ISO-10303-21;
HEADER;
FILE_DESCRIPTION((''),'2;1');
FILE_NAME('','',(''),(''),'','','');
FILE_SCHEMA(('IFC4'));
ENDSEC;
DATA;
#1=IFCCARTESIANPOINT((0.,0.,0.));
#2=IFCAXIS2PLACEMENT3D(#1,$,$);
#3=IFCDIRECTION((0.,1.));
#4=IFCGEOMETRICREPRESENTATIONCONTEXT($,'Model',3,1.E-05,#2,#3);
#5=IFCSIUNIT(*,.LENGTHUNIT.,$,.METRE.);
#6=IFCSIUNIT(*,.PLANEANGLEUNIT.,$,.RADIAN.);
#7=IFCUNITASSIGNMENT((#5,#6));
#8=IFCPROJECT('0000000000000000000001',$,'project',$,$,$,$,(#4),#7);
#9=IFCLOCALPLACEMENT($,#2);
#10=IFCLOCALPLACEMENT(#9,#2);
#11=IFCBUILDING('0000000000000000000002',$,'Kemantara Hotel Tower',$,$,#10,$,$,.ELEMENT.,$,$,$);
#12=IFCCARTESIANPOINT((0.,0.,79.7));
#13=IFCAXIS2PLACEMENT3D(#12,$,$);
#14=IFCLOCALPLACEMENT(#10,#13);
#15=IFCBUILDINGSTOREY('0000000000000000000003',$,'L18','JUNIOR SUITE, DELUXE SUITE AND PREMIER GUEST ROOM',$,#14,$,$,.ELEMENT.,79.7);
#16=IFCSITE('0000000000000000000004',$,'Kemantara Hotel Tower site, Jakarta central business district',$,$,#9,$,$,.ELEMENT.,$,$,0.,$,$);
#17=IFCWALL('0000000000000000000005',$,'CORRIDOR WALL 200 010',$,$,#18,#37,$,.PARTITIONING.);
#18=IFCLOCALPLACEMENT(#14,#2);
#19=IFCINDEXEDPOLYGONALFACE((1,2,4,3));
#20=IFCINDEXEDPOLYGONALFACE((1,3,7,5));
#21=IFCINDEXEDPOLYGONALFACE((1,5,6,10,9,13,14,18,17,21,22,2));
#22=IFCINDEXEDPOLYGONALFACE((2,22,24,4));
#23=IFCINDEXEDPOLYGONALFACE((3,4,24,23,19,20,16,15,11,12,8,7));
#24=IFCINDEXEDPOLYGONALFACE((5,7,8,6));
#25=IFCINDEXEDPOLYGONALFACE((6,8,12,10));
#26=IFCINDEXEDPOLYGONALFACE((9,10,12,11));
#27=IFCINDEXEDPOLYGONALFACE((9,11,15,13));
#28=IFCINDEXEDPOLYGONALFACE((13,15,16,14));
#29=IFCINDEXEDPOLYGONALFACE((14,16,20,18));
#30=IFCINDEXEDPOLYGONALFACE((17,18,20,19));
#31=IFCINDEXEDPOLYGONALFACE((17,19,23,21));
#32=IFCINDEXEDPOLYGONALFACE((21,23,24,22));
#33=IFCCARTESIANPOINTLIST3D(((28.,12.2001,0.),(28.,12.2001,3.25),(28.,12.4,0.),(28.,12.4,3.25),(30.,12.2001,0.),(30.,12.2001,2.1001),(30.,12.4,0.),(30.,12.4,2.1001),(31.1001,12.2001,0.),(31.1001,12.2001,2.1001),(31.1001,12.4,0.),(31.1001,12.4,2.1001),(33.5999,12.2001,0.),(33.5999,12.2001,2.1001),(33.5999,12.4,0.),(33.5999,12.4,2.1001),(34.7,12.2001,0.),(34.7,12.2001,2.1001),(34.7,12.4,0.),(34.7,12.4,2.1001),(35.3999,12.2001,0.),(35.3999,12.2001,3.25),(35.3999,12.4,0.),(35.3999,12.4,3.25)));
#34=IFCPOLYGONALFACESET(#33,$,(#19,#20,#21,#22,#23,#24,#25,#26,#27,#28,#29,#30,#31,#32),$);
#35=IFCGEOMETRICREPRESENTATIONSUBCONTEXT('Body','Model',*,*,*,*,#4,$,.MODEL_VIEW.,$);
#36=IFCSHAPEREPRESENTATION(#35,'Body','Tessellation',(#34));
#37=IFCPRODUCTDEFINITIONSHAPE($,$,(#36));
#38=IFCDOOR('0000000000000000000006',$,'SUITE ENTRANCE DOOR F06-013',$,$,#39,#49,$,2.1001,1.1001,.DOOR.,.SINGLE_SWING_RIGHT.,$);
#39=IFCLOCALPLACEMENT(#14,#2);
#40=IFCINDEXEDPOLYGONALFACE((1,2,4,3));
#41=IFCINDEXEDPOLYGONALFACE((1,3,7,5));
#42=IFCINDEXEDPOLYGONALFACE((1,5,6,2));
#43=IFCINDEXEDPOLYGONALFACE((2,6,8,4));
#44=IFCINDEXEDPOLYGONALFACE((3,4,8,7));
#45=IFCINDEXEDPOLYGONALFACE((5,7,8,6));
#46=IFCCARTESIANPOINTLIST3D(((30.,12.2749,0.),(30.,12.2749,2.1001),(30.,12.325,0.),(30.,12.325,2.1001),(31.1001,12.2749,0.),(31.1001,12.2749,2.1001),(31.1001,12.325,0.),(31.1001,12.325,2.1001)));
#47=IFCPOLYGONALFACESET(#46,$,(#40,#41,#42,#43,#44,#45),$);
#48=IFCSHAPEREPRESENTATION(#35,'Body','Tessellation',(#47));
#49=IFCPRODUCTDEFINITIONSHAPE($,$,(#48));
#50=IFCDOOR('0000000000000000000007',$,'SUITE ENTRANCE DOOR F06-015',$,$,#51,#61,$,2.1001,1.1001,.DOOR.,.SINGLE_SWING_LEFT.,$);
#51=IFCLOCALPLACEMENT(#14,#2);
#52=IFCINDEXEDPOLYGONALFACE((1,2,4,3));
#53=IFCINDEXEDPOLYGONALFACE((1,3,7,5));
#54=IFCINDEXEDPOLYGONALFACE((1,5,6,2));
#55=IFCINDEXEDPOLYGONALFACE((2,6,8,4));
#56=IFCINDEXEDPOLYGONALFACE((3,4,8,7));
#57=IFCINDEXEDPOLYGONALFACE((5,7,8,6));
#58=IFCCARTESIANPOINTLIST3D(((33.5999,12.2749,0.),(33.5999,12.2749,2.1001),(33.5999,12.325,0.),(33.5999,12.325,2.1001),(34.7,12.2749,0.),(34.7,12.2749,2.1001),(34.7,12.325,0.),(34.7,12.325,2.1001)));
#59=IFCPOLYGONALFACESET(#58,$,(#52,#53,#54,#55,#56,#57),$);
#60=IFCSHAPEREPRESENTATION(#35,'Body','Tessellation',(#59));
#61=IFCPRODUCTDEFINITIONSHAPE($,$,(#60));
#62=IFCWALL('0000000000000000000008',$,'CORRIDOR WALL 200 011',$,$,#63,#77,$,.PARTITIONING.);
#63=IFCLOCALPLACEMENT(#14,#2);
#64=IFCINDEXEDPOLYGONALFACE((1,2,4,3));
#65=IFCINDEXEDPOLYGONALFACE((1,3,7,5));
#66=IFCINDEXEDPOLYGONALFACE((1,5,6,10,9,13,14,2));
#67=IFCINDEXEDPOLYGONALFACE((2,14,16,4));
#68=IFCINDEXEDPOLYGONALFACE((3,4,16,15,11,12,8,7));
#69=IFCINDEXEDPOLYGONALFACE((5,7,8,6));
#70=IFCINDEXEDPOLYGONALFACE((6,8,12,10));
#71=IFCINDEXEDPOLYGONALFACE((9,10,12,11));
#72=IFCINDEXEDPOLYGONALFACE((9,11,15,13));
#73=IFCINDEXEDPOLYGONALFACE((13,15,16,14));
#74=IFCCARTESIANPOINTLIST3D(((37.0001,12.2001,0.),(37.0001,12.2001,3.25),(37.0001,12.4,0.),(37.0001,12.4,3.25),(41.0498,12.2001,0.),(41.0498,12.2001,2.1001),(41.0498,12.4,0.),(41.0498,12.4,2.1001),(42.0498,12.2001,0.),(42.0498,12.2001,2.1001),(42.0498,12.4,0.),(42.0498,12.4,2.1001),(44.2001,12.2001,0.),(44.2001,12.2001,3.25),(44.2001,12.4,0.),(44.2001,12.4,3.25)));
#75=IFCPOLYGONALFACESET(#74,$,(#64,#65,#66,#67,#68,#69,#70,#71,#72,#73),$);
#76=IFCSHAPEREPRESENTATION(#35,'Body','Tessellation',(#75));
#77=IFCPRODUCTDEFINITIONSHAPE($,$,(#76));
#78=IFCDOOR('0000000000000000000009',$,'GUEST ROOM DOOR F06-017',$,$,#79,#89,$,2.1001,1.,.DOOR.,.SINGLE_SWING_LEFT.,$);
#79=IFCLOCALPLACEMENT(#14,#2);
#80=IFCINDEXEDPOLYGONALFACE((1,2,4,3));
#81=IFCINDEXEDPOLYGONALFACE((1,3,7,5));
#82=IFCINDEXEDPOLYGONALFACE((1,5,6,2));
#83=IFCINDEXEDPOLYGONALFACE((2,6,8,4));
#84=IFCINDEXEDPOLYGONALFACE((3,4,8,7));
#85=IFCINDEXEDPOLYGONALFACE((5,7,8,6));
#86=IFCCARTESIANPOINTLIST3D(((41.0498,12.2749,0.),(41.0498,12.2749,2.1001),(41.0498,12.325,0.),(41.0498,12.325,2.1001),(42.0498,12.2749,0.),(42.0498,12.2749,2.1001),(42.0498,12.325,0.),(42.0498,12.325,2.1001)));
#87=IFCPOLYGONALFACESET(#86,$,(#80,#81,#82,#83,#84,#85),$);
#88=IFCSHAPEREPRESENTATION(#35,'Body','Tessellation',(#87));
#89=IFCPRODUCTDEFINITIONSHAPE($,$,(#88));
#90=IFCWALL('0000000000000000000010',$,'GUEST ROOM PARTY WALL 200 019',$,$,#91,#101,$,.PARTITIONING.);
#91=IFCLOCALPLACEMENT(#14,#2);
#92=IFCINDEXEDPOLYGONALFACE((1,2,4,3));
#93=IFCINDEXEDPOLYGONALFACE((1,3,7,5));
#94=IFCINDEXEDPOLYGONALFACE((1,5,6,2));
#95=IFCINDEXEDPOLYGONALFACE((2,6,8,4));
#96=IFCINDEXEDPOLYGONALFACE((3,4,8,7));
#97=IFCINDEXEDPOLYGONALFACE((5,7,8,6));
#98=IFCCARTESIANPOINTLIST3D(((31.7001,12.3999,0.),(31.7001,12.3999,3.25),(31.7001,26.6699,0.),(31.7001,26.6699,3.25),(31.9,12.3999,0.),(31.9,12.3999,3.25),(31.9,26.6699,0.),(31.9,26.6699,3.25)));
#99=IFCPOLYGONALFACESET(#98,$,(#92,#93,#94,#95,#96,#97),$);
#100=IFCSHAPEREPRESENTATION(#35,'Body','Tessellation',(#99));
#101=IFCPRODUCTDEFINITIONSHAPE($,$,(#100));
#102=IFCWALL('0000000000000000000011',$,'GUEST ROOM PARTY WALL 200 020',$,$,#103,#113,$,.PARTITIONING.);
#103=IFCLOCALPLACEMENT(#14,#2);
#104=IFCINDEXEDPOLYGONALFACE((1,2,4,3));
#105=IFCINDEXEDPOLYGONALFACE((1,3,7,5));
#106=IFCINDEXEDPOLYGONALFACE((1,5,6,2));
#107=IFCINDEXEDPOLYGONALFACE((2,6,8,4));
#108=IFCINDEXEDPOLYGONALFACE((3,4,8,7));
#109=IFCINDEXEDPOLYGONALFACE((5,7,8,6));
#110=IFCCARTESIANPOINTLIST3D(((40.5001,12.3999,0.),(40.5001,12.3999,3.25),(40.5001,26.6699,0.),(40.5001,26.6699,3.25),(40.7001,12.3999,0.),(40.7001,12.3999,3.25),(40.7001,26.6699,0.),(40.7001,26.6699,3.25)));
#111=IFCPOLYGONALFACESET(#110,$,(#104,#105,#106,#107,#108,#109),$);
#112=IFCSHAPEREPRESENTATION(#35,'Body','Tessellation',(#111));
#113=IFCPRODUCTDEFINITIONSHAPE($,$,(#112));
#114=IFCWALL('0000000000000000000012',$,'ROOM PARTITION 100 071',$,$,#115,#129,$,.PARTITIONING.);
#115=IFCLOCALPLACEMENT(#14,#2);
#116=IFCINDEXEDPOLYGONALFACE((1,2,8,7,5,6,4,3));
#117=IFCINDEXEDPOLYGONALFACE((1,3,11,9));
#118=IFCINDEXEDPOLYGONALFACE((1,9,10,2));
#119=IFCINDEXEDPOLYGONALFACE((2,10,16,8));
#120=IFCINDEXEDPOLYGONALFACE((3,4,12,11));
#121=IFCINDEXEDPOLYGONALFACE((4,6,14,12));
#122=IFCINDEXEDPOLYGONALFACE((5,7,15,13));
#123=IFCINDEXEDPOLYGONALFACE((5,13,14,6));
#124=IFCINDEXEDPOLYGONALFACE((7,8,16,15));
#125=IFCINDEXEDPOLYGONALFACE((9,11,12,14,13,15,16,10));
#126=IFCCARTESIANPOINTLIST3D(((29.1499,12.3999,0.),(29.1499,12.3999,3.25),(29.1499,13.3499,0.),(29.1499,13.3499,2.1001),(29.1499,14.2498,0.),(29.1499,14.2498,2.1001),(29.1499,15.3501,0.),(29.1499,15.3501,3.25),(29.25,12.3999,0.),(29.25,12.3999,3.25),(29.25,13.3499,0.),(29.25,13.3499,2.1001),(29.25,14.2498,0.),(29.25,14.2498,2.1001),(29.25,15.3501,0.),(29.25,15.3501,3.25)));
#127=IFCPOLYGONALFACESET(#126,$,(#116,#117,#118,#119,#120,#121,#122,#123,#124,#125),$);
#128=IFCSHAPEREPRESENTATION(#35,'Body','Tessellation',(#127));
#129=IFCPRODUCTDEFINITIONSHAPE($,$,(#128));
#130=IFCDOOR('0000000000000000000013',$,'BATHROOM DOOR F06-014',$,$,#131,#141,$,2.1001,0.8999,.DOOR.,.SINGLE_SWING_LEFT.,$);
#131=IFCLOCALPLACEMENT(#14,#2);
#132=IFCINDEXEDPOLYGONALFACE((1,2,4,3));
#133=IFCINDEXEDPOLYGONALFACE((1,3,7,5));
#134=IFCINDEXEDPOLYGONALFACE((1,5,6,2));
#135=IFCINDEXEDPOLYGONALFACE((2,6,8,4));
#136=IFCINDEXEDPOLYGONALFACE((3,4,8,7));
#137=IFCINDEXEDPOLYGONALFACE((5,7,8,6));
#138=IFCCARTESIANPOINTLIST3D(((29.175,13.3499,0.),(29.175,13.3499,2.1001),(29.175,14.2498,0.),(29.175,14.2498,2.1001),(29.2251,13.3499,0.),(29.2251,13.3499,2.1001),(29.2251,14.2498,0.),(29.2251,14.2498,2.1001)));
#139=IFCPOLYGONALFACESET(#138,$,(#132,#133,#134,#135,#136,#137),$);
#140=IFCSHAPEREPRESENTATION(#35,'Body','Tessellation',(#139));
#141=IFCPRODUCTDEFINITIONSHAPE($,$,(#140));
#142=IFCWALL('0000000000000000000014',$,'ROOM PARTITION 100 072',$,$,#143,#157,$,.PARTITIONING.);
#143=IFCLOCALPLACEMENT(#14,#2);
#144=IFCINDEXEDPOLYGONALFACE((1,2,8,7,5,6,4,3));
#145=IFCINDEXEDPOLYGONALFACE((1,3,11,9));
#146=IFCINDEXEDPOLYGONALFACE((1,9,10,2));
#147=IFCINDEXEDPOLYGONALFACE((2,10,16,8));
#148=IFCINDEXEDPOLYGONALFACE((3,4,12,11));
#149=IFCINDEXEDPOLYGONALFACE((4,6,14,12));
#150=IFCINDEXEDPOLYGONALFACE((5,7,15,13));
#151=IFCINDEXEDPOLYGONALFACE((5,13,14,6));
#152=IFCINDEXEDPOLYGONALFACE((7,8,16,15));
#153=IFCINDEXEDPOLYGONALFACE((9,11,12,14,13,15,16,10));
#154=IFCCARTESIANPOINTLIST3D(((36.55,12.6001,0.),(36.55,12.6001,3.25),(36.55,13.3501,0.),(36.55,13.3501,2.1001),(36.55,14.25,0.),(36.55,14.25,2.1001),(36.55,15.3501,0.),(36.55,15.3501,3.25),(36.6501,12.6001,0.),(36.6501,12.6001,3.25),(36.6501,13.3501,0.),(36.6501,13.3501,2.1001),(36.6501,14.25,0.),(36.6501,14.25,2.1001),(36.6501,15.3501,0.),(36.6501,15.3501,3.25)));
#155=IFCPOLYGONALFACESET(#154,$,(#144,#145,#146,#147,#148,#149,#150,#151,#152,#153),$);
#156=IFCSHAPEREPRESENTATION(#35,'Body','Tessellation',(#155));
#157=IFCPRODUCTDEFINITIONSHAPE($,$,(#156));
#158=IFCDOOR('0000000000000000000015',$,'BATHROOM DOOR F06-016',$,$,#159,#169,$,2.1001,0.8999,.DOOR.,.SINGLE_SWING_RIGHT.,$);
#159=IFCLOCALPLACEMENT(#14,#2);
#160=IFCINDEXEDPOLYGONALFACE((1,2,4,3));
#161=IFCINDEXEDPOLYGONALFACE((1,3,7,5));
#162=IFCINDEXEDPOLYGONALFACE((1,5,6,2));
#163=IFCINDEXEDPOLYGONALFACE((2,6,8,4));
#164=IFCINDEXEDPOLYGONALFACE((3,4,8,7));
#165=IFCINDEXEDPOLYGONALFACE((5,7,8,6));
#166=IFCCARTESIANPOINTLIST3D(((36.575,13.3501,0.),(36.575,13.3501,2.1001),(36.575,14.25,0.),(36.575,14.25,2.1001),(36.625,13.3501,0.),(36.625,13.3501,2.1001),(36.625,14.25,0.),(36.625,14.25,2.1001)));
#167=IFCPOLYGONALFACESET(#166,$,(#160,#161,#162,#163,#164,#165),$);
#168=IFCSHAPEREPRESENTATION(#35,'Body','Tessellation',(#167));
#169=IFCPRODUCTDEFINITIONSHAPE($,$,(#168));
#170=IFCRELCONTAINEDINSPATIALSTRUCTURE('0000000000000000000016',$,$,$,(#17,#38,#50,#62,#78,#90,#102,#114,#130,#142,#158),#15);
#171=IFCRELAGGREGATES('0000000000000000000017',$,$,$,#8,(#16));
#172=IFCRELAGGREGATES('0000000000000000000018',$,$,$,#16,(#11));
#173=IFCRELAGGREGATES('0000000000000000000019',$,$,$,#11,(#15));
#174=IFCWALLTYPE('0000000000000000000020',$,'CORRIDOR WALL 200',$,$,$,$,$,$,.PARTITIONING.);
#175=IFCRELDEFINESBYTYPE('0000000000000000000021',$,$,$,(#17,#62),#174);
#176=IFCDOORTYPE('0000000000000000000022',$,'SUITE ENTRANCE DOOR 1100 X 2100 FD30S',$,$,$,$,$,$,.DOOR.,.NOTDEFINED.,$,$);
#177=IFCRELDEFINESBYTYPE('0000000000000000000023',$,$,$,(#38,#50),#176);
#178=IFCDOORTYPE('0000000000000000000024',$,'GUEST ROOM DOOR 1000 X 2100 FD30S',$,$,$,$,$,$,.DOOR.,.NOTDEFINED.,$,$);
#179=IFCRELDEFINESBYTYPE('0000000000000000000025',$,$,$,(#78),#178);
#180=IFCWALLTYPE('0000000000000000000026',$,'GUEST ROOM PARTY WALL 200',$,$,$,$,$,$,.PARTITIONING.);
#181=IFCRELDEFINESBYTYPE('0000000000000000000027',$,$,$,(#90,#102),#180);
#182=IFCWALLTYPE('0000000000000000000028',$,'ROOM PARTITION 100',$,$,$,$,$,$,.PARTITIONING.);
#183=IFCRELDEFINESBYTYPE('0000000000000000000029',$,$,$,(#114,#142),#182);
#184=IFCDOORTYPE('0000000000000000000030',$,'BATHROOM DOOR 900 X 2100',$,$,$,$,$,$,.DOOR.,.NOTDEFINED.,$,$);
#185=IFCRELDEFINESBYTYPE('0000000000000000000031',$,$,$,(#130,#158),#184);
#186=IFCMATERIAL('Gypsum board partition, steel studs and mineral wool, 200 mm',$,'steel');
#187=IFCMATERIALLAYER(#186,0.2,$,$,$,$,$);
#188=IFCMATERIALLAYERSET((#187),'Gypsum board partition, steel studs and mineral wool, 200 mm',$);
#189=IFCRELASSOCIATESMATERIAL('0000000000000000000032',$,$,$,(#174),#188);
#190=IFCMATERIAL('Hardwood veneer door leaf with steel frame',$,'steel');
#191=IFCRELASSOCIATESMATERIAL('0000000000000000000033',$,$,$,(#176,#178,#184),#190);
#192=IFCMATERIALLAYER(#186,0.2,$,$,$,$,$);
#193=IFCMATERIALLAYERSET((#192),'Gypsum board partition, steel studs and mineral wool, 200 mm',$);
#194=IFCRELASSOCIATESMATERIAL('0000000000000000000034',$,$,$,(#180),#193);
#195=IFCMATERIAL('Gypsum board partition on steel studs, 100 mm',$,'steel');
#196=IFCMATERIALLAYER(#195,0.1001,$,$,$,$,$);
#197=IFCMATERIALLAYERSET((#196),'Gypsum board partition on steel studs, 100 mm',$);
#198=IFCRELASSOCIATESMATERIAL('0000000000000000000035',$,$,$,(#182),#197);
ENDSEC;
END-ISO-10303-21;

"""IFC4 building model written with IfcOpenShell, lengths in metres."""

from ifc_helpers import new_model, si_unit, direction, frame, frame_2d, origin, place, context, subcontext, project, spatial, rectangle, extrude, material, layer, layer_set, type_object, element, fill, save


model = new_model("IFC4")

# Units and contexts
model_context = context("Model", 3, precision=1e-05, world=origin(), true_north=direction((0.0, 1.0)))
body_context = subcontext(model_context, "Body", "Model", "MODEL_VIEW")
ifc_project = project(units=[si_unit("LENGTHUNIT", "METRE"), si_unit("PLANEANGLEUNIT", "RADIAN")], contexts=[model_context])

# Site, building, storey
site_placement = place(None, origin())
site = spatial("IfcSite", under=ifc_project, at=site_placement, Name="Kemantara Hotel Tower site, Jakarta central business district", CompositionType="ELEMENT", RefElevation=0.0)
building_placement = place(site_placement, origin())
building = spatial("IfcBuilding", under=site, at=building_placement, Name="Kemantara Hotel Tower", CompositionType="ELEMENT")
storey_placement = place(building_placement, frame((0.0, 0.0, 79.7)))
storey = spatial("IfcBuildingStorey", under=building, at=storey_placement, Name="L18", Description="JUNIOR SUITE, DELUXE SUITE AND PREMIER GUEST ROOM", CompositionType="ELEMENT", Elevation=79.7)

# Wall, openings, doors
ifc_material_1 = material(Name="Gypsum board partition, steel studs and mineral wool, 200 mm", Category="steel")
ifc_layer_1 = layer(ifc_material_1, 0.2)
ifc_layer_set_1 = layer_set([ifc_layer_1], Name="Gypsum board partition, steel studs and mineral wool, 200 mm")
wall_type_1 = type_object("IfcWallType", Name="CORRIDOR WALL 200", PredefinedType="PARTITIONING", material=ifc_layer_set_1)
wall_1_placement = place(storey_placement, frame((28.0, 12.3, 0.0), z_axis=(0.0, 0.0, 1.0), x_axis=(1.0, 0.0, 0.0)))
wall_1 = element("IfcWall", 1, at=wall_1_placement, inside=storey, type_object=wall_type_1, Name="CORRIDOR WALL 200 010", PredefinedType="PARTITIONING", context=body_context, shape_type="SweptSolid", body=[
    extrude(rectangle(XDim=7.3999, YDim=0.2, at=frame_2d((3.7, 0.0))), origin(), (0.0, 0.0, 1.0), 3.25),
])
opening_1_placement = place(wall_1_placement, frame((2.0, 0.0, 0.0)))
opening_1 = element("IfcOpeningElement", 2, at=opening_1_placement, cuts=wall_1, PredefinedType="OPENING", context=body_context, shape_type="SweptSolid", body=[
    extrude(rectangle(XDim=1.1001, YDim=2.1001, at=frame_2d((0.55, 1.05))), frame((0.0, 0.1099, 0.0), z_axis=(0.0, -1.0, 0.0), x_axis=(1.0, 0.0, 0.0)), (0.0, 0.0, 1.0), 0.22),
])
opening_2_placement = place(wall_1_placement, frame((5.5999, 0.0, 0.0)))
opening_2 = element("IfcOpeningElement", 3, at=opening_2_placement, cuts=wall_1, PredefinedType="OPENING", context=body_context, shape_type="SweptSolid", body=[
    extrude(rectangle(XDim=1.1001, YDim=2.1001, at=frame_2d((0.55, 1.05))), frame((0.0, 0.1099, 0.0), z_axis=(0.0, -1.0, 0.0), x_axis=(1.0, 0.0, 0.0)), (0.0, 0.0, 1.0), 0.22),
])
ifc_material_2 = material(Name="Hardwood veneer door leaf with steel frame", Category="steel")
door_type_1 = type_object("IfcDoorType", Name="SUITE ENTRANCE DOOR 1100 X 2100 FD30S", OperationType="NOTDEFINED", PredefinedType="DOOR", material=ifc_material_2)
door_1_placement = place(opening_1_placement, origin())
door_1 = element("IfcDoor", 4, at=door_1_placement, inside=storey, type_object=door_type_1, Name="SUITE ENTRANCE DOOR F06-013", OperationType="SINGLE_SWING_RIGHT", OverallHeight=2.1001, OverallWidth=1.1001, PredefinedType="DOOR", context=body_context, shape_type="SweptSolid", body=[
    extrude(rectangle(XDim=1.1001, YDim=2.1001, at=frame_2d((0.55, 1.05))), frame((0.0, 0.0249, 0.0), z_axis=(0.0, -1.0, 0.0), x_axis=(1.0, 0.0, 0.0)), (0.0, 0.0, 1.0), 0.05),
])
fill(opening_1, door_1)
door_2_placement = place(opening_2_placement, origin())
door_2 = element("IfcDoor", 5, at=door_2_placement, inside=storey, type_object=door_type_1, Name="SUITE ENTRANCE DOOR F06-015", OperationType="SINGLE_SWING_LEFT", OverallHeight=2.1001, OverallWidth=1.1001, PredefinedType="DOOR", context=body_context, shape_type="SweptSolid", body=[
    extrude(rectangle(XDim=1.1001, YDim=2.1001, at=frame_2d((0.55, 1.05))), frame((0.0, 0.0249, 0.0), z_axis=(0.0, -1.0, 0.0), x_axis=(1.0, 0.0, 0.0)), (0.0, 0.0, 1.0), 0.05),
])
fill(opening_2, door_2)

# Wall, opening, door
wall_2_placement = place(storey_placement, frame((37.0, 12.3, 0.0), z_axis=(0.0, 0.0, 1.0), x_axis=(1.0, 0.0, 0.0)))
wall_2 = element("IfcWall", 6, at=wall_2_placement, inside=storey, type_object=wall_type_1, Name="CORRIDOR WALL 200 011", PredefinedType="PARTITIONING", context=body_context, shape_type="SweptSolid", body=[
    extrude(rectangle(XDim=7.2, YDim=0.2, at=frame_2d((3.6001, 0.0))), origin(), (0.0, 0.0, 1.0), 3.25),
])
opening_3_placement = place(wall_2_placement, frame((4.0498, 0.0, 0.0)))
opening_3 = element("IfcOpeningElement", 7, at=opening_3_placement, cuts=wall_2, PredefinedType="OPENING", context=body_context, shape_type="SweptSolid", body=[
    extrude(rectangle(XDim=1.0, YDim=2.1001, at=frame_2d((0.5, 1.05))), frame((0.0, 0.1099, 0.0), z_axis=(0.0, -1.0, 0.0), x_axis=(1.0, 0.0, 0.0)), (0.0, 0.0, 1.0), 0.22),
])
door_type_2 = type_object("IfcDoorType", Name="GUEST ROOM DOOR 1000 X 2100 FD30S", OperationType="NOTDEFINED", PredefinedType="DOOR", material=ifc_material_2)
door_3_placement = place(opening_3_placement, origin())
door_3 = element("IfcDoor", 8, at=door_3_placement, inside=storey, type_object=door_type_2, Name="GUEST ROOM DOOR F06-017", OperationType="SINGLE_SWING_LEFT", OverallHeight=2.1001, OverallWidth=1.0, PredefinedType="DOOR", context=body_context, shape_type="SweptSolid", body=[
    extrude(rectangle(XDim=1.0, YDim=2.1001, at=frame_2d((0.5, 1.05))), frame((0.0, 0.0249, 0.0), z_axis=(0.0, -1.0, 0.0), x_axis=(1.0, 0.0, 0.0)), (0.0, 0.0, 1.0), 0.05),
])
fill(opening_3, door_3)

# Walls
ifc_layer_2 = layer(ifc_material_1, 0.2)
ifc_layer_set_2 = layer_set([ifc_layer_2], Name="Gypsum board partition, steel studs and mineral wool, 200 mm")
wall_type_2 = type_object("IfcWallType", Name="GUEST ROOM PARTY WALL 200", PredefinedType="PARTITIONING", material=ifc_layer_set_2)
for number, where, z_axis, x_axis, name in (
    (9, (31.8, 12.3999, 0.0), (0.0, 0.0, 1.0), (0.0, 1.0, 0.0), "GUEST ROOM PARTY WALL 200 019"),
    (10, (40.6001, 12.3999, 0.0), (0.0, 0.0, 1.0), (0.0, 1.0, 0.0), "GUEST ROOM PARTY WALL 200 020"),
):
    element("IfcWall", number, at=place(storey_placement, frame(where, z_axis=z_axis, x_axis=x_axis)), inside=storey, type_object=wall_type_2, Name=name, PredefinedType="PARTITIONING", context=body_context, shape_type="SweptSolid", body=[
        extrude(rectangle(XDim=14.27, YDim=0.2, at=frame_2d((7.135, 0.0))), origin(), (0.0, 0.0, 1.0), 3.25),
    ])

# Walls, openings, doors
ifc_material_3 = material(Name="Gypsum board partition on steel studs, 100 mm", Category="steel")
ifc_layer_3 = layer(ifc_material_3, 0.1001)
ifc_layer_set_3 = layer_set([ifc_layer_3], Name="Gypsum board partition on steel studs, 100 mm")
wall_type_3 = type_object("IfcWallType", Name="ROOM PARTITION 100", PredefinedType="PARTITIONING", material=ifc_layer_set_3)
wall_3_placement = place(storey_placement, frame((29.2, 12.3999, 0.0), z_axis=(0.0, 0.0, 1.0), x_axis=(0.0, 1.0, 0.0)))
wall_3 = element("IfcWall", 11, at=wall_3_placement, inside=storey, type_object=wall_type_3, Name="ROOM PARTITION 100 071", PredefinedType="PARTITIONING", context=body_context, shape_type="SweptSolid", body=[
    extrude(rectangle(XDim=2.9502, YDim=0.1001, at=frame_2d((1.4751, 0.0))), origin(), (0.0, 0.0, 1.0), 3.25),
])
opening_4_placement = place(wall_3_placement, frame((0.95, 0.0, 0.0)))
opening_4 = element("IfcOpeningElement", 12, at=opening_4_placement, cuts=wall_3, PredefinedType="OPENING", context=body_context, shape_type="SweptSolid", body=[
    extrude(rectangle(XDim=0.8999, YDim=2.1001, at=frame_2d((0.45, 1.05))), frame((0.0, 0.0601, 0.0), z_axis=(0.0, -1.0, 0.0), x_axis=(1.0, 0.0, 0.0)), (0.0, 0.0, 1.0), 0.1201),
])
door_type_3 = type_object("IfcDoorType", Name="BATHROOM DOOR 900 X 2100", OperationType="NOTDEFINED", PredefinedType="DOOR", material=ifc_material_2)
door_4_placement = place(opening_4_placement, origin())
door_4 = element("IfcDoor", 13, at=door_4_placement, inside=storey, type_object=door_type_3, Name="BATHROOM DOOR F06-014", OperationType="SINGLE_SWING_LEFT", OverallHeight=2.1001, OverallWidth=0.8999, PredefinedType="DOOR", context=body_context, shape_type="SweptSolid", body=[
    extrude(rectangle(XDim=0.8999, YDim=2.1001, at=frame_2d((0.45, 1.05))), frame((0.0, 0.0249, 0.0), z_axis=(0.0, -1.0, 0.0), x_axis=(1.0, 0.0, 0.0)), (0.0, 0.0, 1.0), 0.05),
])
fill(opening_4, door_4)
wall_4_placement = place(storey_placement, frame((36.6001, 15.3501, 0.0), z_axis=(0.0, 0.0, 1.0), x_axis=(0.0, -1.0, 0.0)))
wall_4 = element("IfcWall", 14, at=wall_4_placement, inside=storey, type_object=wall_type_3, Name="ROOM PARTITION 100 072", PredefinedType="PARTITIONING", context=body_context, shape_type="SweptSolid", body=[
    extrude(rectangle(XDim=2.75, YDim=0.1001, at=frame_2d((1.375, 0.0))), origin(), (0.0, 0.0, 1.0), 3.25),
])
opening_5_placement = place(wall_4_placement, frame((1.1001, 0.0, 0.0)))
opening_5 = element("IfcOpeningElement", 15, at=opening_5_placement, cuts=wall_4, PredefinedType="OPENING", context=body_context, shape_type="SweptSolid", body=[
    extrude(rectangle(XDim=0.8999, YDim=2.1001, at=frame_2d((0.45, 1.05))), frame((0.0, 0.0601, 0.0), z_axis=(0.0, -1.0, 0.0), x_axis=(1.0, 0.0, 0.0)), (0.0, 0.0, 1.0), 0.1201),
])
door_5_placement = place(opening_5_placement, origin())
door_5 = element("IfcDoor", 16, at=door_5_placement, inside=storey, type_object=door_type_3, Name="BATHROOM DOOR F06-016", OperationType="SINGLE_SWING_RIGHT", OverallHeight=2.1001, OverallWidth=0.8999, PredefinedType="DOOR", context=body_context, shape_type="SweptSolid", body=[
    extrude(rectangle(XDim=0.8999, YDim=2.1001, at=frame_2d((0.45, 1.05))), frame((0.0, 0.0249, 0.0), z_axis=(0.0, -1.0, 0.0), x_axis=(1.0, 0.0, 0.0)), (0.0, 0.0, 1.0), 0.05),
])
fill(opening_5, door_5)

save(model, "model.ifc")
